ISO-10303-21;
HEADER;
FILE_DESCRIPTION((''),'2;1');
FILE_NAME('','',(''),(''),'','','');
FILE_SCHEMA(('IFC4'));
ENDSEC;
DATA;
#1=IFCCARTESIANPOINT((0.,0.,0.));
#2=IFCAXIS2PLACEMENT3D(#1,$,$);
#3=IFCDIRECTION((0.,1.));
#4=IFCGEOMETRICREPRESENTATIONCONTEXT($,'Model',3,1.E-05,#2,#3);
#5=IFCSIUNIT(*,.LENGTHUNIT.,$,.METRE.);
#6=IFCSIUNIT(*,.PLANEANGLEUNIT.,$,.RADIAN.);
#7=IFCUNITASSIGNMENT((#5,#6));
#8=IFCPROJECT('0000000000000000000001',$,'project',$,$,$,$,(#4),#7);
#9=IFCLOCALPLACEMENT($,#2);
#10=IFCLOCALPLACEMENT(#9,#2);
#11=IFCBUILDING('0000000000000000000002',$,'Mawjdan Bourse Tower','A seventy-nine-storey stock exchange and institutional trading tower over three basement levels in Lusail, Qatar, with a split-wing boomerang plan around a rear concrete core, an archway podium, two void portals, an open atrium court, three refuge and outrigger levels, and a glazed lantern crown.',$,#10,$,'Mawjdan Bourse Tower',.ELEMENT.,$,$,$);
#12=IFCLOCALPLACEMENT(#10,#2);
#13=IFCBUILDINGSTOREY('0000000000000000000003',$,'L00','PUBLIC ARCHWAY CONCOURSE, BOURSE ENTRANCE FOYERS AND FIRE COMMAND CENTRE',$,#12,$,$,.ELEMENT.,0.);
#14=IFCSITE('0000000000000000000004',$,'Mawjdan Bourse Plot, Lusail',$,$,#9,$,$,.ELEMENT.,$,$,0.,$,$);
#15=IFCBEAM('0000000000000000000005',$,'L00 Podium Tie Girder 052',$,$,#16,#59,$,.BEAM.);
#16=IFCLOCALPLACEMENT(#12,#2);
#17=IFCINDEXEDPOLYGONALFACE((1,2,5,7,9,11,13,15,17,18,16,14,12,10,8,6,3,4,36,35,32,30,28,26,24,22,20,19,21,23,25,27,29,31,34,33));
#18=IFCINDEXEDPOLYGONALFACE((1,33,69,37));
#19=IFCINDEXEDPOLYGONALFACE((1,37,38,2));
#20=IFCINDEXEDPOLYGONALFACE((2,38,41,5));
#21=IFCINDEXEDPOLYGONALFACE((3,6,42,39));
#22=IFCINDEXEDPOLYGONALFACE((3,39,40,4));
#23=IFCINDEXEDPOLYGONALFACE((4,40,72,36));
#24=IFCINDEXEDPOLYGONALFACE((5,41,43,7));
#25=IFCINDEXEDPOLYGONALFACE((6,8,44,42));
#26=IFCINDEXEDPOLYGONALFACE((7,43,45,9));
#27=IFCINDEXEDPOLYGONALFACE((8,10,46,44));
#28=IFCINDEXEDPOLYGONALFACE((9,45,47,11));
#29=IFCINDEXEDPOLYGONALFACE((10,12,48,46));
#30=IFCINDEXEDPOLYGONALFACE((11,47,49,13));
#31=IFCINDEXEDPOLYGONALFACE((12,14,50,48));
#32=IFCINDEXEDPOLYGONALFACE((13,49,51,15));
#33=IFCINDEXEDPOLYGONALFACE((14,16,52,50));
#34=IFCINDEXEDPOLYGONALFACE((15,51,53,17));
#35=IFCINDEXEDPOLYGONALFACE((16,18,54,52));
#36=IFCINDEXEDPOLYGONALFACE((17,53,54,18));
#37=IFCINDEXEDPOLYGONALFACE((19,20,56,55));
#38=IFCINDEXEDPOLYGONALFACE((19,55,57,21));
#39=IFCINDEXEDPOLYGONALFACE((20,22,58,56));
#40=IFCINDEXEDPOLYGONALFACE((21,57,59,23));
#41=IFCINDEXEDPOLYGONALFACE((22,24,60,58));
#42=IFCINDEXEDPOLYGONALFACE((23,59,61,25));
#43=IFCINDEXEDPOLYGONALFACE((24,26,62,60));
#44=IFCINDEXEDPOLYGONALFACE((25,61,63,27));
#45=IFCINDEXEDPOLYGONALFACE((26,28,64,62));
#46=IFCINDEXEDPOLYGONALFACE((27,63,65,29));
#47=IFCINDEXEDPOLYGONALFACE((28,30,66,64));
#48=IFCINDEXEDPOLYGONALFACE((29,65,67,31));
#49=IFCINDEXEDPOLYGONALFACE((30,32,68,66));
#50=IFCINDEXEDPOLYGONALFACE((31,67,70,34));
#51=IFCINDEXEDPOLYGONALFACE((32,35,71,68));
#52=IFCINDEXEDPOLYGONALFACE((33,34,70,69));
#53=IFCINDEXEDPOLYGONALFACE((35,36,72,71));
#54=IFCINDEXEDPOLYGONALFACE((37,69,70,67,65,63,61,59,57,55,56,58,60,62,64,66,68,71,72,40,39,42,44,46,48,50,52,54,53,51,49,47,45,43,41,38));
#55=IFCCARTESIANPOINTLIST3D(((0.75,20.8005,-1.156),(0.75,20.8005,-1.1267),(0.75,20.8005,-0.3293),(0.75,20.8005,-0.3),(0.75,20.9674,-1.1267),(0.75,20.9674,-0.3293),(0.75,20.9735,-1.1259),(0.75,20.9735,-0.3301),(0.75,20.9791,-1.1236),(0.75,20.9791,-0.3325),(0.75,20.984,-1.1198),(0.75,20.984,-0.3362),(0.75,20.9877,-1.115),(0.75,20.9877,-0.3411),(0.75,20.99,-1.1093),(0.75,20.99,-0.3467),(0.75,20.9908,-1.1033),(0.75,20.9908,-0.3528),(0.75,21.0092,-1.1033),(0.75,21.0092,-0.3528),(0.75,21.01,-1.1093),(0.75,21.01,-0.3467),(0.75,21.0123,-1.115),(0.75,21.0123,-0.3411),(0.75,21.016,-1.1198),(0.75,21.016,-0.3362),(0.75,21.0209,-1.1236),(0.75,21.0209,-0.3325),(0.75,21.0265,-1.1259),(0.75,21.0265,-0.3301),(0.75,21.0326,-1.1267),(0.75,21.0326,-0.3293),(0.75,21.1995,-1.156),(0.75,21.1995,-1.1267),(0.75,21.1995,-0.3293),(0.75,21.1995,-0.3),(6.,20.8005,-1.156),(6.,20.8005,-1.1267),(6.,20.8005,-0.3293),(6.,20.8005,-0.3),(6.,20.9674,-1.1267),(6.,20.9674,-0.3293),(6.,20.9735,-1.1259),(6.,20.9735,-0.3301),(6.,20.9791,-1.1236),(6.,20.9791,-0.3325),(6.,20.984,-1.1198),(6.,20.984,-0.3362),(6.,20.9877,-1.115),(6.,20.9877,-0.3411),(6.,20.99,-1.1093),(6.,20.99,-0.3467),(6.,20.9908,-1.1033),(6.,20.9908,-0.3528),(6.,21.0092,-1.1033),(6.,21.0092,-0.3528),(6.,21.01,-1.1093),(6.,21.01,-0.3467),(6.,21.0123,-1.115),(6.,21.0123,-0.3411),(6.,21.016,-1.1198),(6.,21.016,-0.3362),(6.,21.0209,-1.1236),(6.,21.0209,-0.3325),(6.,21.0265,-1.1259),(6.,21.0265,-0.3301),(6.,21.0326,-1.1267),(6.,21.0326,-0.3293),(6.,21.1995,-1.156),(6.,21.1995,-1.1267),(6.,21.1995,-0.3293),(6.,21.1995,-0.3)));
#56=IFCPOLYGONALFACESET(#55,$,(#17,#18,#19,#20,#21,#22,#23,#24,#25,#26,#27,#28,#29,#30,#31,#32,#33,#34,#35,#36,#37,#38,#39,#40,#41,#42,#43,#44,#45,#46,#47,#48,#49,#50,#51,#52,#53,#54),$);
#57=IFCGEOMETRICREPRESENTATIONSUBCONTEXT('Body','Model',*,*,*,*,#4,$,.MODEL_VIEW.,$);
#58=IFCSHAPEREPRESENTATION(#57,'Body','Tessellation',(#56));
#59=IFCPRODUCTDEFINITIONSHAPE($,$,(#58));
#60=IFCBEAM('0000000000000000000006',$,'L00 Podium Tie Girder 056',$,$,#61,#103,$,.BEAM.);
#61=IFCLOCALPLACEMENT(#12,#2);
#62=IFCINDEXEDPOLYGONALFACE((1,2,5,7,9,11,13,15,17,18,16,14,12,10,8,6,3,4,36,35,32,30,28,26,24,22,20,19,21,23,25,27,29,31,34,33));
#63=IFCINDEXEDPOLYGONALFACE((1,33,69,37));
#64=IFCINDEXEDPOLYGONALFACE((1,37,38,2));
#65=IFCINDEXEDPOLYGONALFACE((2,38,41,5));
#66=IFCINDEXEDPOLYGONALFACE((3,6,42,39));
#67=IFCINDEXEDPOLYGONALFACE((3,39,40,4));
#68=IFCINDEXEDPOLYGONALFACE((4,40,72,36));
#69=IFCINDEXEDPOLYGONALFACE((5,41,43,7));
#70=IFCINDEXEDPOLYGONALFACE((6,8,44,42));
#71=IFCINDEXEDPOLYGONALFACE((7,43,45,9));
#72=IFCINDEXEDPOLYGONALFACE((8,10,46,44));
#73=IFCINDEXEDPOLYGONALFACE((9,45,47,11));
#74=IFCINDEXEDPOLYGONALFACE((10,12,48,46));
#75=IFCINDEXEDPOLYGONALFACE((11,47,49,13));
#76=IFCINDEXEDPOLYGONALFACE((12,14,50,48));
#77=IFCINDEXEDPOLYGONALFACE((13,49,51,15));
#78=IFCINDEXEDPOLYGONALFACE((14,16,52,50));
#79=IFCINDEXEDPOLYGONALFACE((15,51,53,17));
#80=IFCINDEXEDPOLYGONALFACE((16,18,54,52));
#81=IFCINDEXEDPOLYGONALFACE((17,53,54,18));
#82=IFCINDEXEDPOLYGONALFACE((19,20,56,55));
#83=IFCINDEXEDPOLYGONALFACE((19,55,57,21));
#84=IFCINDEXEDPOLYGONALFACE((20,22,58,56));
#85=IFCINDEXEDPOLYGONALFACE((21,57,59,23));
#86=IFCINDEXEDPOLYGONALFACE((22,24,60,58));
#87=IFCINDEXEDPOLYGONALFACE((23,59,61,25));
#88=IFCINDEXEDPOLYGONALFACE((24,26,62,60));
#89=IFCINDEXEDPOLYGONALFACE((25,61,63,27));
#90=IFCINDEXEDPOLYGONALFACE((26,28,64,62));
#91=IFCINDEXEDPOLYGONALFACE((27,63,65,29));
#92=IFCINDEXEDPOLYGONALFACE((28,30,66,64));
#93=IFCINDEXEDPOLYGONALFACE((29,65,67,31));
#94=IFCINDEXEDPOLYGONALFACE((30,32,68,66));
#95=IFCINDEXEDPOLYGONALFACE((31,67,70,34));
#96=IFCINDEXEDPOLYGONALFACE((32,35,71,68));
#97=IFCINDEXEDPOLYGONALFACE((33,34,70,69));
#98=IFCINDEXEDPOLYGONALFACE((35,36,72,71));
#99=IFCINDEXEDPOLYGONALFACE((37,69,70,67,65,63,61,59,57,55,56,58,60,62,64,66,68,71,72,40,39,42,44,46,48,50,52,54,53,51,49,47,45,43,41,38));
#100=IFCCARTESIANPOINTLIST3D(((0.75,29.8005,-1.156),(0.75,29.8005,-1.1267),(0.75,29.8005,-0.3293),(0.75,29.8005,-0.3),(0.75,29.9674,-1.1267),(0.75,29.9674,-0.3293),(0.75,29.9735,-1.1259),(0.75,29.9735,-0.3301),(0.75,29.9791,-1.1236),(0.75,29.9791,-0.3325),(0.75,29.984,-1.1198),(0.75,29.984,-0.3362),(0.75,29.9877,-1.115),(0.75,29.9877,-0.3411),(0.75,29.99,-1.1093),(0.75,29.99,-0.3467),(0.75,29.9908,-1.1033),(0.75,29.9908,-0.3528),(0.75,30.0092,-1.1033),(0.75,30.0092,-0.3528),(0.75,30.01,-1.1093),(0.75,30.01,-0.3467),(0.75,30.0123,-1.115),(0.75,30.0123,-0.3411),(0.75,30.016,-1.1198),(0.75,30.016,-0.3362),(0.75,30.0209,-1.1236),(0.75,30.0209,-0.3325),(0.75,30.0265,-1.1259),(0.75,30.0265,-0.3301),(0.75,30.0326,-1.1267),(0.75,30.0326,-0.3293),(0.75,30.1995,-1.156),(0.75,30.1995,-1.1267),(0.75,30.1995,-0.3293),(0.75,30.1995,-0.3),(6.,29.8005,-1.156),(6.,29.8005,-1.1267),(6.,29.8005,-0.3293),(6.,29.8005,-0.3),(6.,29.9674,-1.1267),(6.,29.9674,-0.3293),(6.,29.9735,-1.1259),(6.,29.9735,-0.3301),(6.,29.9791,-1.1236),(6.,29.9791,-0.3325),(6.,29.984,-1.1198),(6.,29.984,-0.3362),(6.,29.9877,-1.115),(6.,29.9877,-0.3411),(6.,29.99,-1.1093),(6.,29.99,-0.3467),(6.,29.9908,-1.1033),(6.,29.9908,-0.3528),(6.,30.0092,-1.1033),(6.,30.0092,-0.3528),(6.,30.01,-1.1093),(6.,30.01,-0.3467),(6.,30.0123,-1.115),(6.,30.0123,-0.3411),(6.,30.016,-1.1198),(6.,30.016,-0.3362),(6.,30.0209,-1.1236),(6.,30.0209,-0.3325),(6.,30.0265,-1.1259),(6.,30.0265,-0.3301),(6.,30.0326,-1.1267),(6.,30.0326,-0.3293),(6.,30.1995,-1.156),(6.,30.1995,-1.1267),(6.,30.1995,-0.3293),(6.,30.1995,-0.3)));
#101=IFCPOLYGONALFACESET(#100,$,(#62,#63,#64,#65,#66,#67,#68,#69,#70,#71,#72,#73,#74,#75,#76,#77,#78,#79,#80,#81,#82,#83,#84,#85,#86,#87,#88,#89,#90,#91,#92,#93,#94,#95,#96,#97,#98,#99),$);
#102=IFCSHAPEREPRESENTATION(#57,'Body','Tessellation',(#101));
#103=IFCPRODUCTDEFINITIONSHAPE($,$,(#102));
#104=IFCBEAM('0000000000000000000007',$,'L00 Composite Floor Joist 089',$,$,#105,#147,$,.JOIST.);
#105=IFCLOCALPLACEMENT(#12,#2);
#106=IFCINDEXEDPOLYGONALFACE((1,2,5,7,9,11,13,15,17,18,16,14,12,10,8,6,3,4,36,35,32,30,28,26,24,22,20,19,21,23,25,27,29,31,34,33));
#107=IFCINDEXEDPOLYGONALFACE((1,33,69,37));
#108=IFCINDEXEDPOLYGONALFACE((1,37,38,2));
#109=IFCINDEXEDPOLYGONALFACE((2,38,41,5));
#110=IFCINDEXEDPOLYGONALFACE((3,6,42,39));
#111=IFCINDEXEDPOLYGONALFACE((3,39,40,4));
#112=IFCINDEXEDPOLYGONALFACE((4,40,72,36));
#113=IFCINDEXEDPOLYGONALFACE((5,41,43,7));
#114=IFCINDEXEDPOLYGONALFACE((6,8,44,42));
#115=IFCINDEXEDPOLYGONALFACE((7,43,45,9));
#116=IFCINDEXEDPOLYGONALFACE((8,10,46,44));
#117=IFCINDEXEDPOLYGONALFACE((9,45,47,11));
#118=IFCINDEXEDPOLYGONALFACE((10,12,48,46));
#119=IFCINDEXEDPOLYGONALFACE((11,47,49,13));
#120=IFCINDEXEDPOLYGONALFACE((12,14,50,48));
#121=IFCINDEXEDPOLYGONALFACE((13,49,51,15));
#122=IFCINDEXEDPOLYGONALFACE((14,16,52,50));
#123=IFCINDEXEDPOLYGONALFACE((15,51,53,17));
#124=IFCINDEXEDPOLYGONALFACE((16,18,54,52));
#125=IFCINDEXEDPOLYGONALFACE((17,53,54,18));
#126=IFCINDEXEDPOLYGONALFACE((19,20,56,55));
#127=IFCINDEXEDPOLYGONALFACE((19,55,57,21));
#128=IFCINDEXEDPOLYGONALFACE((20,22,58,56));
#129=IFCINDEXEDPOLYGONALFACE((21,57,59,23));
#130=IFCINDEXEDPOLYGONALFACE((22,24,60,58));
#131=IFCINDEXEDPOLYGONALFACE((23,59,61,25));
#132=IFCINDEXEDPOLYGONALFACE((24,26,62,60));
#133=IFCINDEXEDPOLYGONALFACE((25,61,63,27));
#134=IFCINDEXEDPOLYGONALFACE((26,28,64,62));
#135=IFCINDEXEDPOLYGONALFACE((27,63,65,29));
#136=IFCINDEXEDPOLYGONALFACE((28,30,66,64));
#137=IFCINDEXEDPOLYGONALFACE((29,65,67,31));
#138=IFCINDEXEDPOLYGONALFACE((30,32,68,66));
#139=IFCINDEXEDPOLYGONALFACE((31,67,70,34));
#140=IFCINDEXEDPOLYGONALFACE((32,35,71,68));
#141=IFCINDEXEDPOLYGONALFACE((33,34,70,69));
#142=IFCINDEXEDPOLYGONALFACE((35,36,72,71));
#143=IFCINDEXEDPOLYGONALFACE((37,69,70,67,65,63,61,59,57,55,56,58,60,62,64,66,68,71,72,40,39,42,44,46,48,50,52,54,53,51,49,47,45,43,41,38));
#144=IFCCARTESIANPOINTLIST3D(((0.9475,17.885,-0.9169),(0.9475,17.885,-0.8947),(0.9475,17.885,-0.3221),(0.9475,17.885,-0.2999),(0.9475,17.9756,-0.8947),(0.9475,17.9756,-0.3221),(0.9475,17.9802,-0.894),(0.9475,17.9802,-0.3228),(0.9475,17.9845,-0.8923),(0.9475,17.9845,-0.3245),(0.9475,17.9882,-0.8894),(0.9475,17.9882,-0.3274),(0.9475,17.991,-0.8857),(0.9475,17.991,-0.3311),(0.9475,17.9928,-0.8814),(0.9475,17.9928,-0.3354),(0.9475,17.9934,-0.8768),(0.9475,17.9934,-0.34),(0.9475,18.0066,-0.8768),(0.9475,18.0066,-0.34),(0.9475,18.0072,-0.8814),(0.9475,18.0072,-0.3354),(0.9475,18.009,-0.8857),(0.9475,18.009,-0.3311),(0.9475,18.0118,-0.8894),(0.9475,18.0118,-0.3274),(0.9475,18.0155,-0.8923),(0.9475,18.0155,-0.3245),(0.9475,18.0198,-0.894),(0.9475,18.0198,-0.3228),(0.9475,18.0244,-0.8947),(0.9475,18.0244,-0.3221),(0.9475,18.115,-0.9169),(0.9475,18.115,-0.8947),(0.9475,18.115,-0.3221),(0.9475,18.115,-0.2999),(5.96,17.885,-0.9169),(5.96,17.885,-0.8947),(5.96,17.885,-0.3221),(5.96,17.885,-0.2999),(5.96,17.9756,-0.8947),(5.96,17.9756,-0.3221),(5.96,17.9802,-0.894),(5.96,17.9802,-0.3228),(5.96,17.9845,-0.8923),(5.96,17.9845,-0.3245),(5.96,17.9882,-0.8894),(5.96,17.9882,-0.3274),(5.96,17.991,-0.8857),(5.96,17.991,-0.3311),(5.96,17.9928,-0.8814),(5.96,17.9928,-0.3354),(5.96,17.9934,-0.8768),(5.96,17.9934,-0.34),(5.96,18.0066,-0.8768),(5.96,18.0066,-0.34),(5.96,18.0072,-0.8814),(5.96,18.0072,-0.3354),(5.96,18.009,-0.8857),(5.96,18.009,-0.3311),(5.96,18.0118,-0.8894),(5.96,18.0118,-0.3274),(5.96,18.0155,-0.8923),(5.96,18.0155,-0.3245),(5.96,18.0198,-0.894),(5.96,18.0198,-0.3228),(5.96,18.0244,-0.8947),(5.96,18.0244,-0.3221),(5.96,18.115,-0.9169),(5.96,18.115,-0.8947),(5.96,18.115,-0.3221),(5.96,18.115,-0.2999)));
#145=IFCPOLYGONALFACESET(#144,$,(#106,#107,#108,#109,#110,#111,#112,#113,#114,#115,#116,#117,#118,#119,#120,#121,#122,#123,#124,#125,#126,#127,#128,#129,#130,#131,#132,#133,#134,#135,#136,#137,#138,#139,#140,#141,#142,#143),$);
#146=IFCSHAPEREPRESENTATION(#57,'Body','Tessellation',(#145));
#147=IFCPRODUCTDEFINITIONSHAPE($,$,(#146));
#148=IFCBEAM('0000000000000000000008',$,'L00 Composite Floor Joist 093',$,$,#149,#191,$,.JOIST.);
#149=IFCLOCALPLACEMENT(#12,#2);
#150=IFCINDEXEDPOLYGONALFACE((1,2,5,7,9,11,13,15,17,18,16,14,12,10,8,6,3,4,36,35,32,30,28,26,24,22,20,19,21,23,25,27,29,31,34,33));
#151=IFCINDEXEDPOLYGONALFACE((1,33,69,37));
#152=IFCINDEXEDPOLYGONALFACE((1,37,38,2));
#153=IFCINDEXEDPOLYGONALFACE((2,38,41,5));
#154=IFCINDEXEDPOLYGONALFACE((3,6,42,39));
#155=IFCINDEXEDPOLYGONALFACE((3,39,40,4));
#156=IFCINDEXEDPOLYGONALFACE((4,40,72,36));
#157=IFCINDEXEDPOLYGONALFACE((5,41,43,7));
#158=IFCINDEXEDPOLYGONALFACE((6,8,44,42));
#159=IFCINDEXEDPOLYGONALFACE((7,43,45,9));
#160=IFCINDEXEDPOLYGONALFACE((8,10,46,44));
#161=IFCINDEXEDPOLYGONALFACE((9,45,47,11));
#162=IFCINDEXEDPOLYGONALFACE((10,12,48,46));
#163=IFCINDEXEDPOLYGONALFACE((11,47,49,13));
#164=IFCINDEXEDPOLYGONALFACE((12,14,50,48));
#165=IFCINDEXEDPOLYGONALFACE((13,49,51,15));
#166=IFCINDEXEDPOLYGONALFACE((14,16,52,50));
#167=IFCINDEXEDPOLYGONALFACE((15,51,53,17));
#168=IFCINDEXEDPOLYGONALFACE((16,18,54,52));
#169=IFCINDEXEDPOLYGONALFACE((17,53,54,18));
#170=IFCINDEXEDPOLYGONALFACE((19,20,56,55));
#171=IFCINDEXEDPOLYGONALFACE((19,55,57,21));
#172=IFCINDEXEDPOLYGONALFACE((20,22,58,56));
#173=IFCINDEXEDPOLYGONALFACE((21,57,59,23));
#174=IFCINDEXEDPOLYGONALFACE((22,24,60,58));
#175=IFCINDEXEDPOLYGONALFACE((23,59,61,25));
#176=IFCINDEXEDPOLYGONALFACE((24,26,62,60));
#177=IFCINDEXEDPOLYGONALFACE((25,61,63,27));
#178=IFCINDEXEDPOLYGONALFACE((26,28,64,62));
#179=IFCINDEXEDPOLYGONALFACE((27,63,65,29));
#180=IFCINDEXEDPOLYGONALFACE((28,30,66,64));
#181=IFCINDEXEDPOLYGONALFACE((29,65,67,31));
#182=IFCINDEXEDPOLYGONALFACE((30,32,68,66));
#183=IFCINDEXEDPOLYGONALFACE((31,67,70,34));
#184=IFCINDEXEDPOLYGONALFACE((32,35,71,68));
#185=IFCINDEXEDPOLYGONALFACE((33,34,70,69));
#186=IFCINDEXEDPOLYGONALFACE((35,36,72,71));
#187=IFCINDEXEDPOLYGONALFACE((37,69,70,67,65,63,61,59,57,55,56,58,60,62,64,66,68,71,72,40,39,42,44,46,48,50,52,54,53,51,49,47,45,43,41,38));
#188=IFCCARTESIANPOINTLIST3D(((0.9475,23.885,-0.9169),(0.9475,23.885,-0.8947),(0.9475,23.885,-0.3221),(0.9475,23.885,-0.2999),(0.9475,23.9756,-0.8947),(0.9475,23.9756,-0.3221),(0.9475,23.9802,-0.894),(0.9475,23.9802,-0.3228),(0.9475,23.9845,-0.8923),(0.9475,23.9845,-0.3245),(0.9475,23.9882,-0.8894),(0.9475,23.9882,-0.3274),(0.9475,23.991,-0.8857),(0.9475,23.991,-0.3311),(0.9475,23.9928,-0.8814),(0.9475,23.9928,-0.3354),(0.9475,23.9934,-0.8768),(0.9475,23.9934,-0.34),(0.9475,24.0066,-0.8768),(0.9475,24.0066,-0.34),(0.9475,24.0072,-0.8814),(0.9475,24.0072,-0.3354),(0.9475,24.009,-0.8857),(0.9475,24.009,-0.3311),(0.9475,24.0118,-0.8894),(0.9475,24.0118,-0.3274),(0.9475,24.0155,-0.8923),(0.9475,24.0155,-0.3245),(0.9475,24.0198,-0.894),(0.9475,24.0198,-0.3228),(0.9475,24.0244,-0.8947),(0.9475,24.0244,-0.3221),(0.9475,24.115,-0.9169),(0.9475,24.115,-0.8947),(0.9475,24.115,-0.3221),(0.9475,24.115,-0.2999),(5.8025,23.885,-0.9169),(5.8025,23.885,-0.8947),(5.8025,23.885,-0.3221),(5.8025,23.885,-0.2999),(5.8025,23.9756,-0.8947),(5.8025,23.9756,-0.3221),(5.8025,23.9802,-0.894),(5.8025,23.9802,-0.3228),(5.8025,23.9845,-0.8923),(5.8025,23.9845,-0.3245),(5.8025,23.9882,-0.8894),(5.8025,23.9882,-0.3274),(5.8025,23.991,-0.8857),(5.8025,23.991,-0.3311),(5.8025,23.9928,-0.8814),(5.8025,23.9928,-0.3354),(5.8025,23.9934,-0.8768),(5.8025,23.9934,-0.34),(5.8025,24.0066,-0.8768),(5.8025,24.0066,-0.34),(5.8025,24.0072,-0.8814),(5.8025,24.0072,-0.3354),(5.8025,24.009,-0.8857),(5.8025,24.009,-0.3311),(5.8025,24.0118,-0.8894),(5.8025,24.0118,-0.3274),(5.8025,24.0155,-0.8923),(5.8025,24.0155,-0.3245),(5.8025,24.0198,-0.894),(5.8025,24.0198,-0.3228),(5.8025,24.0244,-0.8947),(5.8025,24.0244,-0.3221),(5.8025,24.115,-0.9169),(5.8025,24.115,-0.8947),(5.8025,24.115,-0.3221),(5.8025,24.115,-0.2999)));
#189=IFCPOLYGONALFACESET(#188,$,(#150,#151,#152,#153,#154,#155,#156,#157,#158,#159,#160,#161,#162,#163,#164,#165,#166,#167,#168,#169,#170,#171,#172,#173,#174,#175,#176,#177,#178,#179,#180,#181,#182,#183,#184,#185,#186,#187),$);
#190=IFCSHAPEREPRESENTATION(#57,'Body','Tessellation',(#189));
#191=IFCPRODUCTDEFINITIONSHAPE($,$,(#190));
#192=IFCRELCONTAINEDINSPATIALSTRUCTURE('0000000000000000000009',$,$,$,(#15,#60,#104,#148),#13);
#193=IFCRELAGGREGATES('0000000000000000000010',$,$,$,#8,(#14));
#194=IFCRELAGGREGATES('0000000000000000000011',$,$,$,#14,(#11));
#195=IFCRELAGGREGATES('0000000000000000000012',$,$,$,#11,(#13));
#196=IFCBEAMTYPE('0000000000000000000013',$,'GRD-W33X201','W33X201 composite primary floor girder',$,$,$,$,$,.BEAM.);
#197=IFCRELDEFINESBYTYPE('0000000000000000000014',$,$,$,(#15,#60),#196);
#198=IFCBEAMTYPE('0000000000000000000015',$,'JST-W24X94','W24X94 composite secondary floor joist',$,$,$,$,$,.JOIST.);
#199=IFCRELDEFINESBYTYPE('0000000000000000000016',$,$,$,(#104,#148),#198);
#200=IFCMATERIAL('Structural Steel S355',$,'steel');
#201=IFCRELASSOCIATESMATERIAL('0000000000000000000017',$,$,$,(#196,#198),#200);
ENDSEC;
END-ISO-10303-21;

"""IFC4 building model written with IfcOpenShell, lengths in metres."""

from ifc_helpers import new_model, si_unit, direction, frame, origin, origin_2d, place, context, subcontext, project, spatial, i_section, extrude, material, material_profile, profile_set, type_object, element, save


model = new_model("IFC4")

# Units and contexts
model_context = context("Model", 3, precision=1e-05, world=origin(), true_north=direction((0.0, 1.0)))
body_context = subcontext(model_context, "Body", "Model", "MODEL_VIEW")
ifc_project = project(units=[si_unit("LENGTHUNIT", "METRE"), si_unit("PLANEANGLEUNIT", "RADIAN")], contexts=[model_context])

# Site, building, storey
site_placement = place(None, origin())
site = spatial("IfcSite", under=ifc_project, at=site_placement, Name="Mawjdan Bourse Plot, Lusail", CompositionType="ELEMENT", RefElevation=0.0)
building_placement = place(site_placement, origin())
building = spatial("IfcBuilding", under=site, at=building_placement, Name="Mawjdan Bourse Tower", Description="A seventy-nine-storey stock exchange and institutional trading tower over three basement levels in Lusail, Qatar, with a split-wing boomerang plan around a rear concrete core, an archway podium, two void portals, an open atrium court, three refuge and outrigger levels, and a glazed lantern crown.", LongName="Mawjdan Bourse Tower", CompositionType="ELEMENT")
storey_placement = place(building_placement, origin())
storey = spatial("IfcBuildingStorey", under=building, at=storey_placement, Name="L00", Description="PUBLIC ARCHWAY CONCOURSE, BOURSE ENTRANCE FOYERS AND FIRE COMMAND CENTRE", CompositionType="ELEMENT", Elevation=0.0)

# Beams
ifc_material_1 = material(Name="Structural Steel S355", Category="steel")
ifc_material_profile_1 = material_profile(ifc_material_1, i_section(OverallWidth=0.3989, OverallDepth=0.856, WebThickness=0.0183, FlangeThickness=0.0293, FilletRadius=0.0234, at=origin_2d()), Name="W33X201")
ifc_profile_set_1 = profile_set([ifc_material_profile_1], Name="Structural Steel S355")
beam_type_1 = type_object("IfcBeamType", Name="GRD-W33X201", Description="W33X201 composite primary floor girder", PredefinedType="BEAM", material=ifc_profile_set_1)
for number, where, z_axis, x_axis, name in (
    (1, (0.75, 21.0, -0.728), (1.0, 0.0, 0.0), (0.0, 1.0, 0.0), "L00 Podium Tie Girder 052"),
    (2, (0.75, 30.0, -0.728), (1.0, 0.0, 0.0), (0.0, 1.0, 0.0), "L00 Podium Tie Girder 056"),
):
    element("IfcBeam", number, at=place(storey_placement, frame(where, z_axis=z_axis, x_axis=x_axis)), inside=storey, type_object=beam_type_1, Name=name, PredefinedType="BEAM", context=body_context, shape_type="SweptSolid", body=[
        extrude(i_section(OverallWidth=0.3989, OverallDepth=0.856, WebThickness=0.0183, FlangeThickness=0.0293, FilletRadius=0.0234, at=origin_2d()), origin(), (0.0, 0.0, 1.0), 5.25),
    ])
ifc_material_profile_2 = material_profile(ifc_material_1, i_section(OverallWidth=0.23, OverallDepth=0.6169, WebThickness=0.0132, FlangeThickness=0.0222, FilletRadius=0.0178, at=origin_2d()), Name="W24X94")
ifc_profile_set_2 = profile_set([ifc_material_profile_2], Name="Structural Steel S355")
beam_type_2 = type_object("IfcBeamType", Name="JST-W24X94", Description="W24X94 composite secondary floor joist", PredefinedType="JOIST", material=ifc_profile_set_2)
beam_placement = place(storey_placement, frame((0.9475, 18.0, -0.6084), z_axis=(1.0, 0.0, 0.0), x_axis=(0.0, 1.0, 0.0)))
element("IfcBeam", 3, at=beam_placement, inside=storey, type_object=beam_type_2, Name="L00 Composite Floor Joist 089", PredefinedType="JOIST", context=body_context, shape_type="SweptSolid", body=[
    extrude(i_section(OverallWidth=0.23, OverallDepth=0.6169, WebThickness=0.0132, FlangeThickness=0.0222, FilletRadius=0.0178, at=origin_2d()), origin(), (0.0, 0.0, 1.0), 5.0125),
])
for number, where, z_axis, x_axis, name in (
    (4, (0.9475, 24.0, -0.6084), (1.0, 0.0, 0.0), (0.0, 1.0, 0.0), "L00 Composite Floor Joist 093"),
):
    element("IfcBeam", number, at=place(storey_placement, frame(where, z_axis=z_axis, x_axis=x_axis)), inside=storey, type_object=beam_type_2, Name=name, PredefinedType="JOIST", context=body_context, shape_type="SweptSolid", body=[
        extrude(i_section(OverallWidth=0.23, OverallDepth=0.6169, WebThickness=0.0132, FlangeThickness=0.0222, FilletRadius=0.0178, at=origin_2d()), origin(), (0.0, 0.0, 1.0), 4.855),
    ])

save(model, "model.ifc")
